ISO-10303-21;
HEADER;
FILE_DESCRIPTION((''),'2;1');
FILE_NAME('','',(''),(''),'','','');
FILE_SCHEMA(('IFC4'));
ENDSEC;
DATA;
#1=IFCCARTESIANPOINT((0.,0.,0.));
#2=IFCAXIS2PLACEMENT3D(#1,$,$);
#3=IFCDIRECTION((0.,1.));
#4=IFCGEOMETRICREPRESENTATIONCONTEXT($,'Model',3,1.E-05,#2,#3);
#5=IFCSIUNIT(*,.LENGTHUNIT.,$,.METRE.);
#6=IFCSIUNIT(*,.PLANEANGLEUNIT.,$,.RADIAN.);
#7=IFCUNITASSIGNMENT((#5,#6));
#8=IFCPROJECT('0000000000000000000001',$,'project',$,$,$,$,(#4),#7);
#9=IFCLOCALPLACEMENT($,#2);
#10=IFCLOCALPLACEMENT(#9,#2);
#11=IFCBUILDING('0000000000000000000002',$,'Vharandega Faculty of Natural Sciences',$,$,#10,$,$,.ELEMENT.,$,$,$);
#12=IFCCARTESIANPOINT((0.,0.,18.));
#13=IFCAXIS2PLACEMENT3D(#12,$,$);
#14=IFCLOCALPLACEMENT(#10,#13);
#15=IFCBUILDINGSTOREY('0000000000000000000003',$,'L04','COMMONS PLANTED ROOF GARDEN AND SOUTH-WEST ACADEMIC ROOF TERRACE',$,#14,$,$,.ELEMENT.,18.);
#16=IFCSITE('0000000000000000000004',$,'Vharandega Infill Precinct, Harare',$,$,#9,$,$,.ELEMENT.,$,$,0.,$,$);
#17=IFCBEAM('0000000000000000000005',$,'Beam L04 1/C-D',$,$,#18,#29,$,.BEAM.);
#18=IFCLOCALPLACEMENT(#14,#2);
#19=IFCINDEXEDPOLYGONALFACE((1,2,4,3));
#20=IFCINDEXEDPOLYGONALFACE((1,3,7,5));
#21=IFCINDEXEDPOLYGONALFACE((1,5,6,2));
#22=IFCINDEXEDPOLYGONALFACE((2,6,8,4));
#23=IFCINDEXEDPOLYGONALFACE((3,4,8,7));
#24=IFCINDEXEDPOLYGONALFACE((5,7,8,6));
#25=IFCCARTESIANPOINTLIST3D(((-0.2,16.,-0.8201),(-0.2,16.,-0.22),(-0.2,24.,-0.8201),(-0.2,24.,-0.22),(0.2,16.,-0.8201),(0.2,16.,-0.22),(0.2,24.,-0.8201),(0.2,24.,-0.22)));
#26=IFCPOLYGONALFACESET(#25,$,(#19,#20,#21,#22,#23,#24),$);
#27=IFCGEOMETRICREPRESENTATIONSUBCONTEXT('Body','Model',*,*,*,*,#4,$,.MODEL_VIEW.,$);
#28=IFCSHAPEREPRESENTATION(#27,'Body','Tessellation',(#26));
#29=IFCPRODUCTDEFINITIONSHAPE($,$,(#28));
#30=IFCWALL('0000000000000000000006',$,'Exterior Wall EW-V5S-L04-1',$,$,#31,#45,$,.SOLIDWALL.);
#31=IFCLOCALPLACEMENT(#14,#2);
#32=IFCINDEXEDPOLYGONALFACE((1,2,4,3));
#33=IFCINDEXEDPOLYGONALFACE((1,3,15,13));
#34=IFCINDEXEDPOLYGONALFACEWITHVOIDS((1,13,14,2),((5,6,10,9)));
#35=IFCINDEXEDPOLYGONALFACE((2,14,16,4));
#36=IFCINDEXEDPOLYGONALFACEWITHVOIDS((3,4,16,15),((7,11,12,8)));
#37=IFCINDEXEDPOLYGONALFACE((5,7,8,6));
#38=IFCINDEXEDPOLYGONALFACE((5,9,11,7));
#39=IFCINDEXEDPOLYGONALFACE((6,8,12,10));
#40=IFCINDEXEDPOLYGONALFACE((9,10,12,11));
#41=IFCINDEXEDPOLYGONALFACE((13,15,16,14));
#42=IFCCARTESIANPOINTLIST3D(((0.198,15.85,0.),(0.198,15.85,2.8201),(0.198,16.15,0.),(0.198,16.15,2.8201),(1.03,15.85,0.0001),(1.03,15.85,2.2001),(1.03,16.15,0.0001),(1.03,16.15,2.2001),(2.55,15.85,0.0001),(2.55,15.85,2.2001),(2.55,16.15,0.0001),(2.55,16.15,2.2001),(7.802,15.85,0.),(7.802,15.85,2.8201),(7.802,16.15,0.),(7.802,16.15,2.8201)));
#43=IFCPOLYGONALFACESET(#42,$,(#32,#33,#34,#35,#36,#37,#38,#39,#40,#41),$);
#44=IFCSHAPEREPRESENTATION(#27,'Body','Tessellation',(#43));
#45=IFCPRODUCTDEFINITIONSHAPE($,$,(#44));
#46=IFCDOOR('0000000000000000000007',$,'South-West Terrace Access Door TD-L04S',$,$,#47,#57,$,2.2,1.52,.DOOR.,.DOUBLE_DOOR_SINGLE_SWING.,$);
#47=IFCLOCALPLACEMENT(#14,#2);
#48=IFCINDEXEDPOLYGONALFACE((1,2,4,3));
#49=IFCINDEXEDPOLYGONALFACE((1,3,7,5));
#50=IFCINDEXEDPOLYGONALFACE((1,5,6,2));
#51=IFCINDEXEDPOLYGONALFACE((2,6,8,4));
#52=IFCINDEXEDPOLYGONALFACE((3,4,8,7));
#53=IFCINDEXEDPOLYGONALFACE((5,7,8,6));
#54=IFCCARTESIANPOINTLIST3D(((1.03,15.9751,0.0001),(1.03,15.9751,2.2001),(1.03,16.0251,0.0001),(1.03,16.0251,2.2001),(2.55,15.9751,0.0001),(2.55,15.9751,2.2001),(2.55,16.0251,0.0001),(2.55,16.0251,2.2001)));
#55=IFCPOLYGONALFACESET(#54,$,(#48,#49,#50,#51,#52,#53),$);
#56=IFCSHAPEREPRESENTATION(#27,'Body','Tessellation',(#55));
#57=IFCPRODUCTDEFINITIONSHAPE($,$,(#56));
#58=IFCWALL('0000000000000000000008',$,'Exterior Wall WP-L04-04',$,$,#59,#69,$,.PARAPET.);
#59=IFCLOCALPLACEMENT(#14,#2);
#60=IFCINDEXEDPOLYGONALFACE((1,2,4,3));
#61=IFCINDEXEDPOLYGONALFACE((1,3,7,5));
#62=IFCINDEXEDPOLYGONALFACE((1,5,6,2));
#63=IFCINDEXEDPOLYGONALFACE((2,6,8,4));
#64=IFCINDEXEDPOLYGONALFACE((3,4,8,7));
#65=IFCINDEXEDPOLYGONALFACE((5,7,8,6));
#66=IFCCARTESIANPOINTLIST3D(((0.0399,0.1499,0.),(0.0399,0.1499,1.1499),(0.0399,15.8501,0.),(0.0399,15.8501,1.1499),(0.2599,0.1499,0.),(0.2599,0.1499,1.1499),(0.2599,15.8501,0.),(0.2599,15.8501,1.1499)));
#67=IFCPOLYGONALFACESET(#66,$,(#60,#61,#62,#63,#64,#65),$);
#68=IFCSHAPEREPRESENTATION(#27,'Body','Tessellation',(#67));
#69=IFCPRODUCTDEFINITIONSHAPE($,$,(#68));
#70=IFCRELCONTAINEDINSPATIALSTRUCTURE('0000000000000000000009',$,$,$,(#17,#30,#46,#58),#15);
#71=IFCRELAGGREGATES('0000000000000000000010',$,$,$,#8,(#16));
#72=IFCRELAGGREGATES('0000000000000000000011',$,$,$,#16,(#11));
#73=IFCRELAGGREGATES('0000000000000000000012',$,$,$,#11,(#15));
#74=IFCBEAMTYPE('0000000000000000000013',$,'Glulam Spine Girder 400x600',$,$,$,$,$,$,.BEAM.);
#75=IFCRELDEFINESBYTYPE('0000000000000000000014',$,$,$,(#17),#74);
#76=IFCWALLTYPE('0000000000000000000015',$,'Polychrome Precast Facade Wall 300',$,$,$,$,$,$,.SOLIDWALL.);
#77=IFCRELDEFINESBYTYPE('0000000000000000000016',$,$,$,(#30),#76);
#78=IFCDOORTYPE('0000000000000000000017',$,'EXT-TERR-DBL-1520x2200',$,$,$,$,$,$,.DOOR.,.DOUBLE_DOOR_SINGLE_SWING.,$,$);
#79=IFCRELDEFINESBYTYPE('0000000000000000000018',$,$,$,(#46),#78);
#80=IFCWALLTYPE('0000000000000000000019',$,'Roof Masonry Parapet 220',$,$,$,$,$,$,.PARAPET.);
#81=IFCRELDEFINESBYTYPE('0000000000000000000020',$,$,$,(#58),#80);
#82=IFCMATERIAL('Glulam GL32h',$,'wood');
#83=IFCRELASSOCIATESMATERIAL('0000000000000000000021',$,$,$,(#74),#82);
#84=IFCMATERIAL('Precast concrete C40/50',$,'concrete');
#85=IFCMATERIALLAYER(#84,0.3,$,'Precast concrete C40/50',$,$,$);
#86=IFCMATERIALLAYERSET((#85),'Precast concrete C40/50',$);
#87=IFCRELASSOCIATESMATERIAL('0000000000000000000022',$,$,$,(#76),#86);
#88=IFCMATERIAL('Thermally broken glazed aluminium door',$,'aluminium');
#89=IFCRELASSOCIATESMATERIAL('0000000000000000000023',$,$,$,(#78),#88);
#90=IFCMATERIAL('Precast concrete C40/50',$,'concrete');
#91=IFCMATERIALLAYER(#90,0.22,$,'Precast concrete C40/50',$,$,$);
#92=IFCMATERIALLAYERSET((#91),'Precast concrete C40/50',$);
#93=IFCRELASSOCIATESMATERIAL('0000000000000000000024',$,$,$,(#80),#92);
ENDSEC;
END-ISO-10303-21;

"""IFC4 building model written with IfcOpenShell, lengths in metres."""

from ifc_helpers import new_model, si_unit, direction, frame, frame_2d, origin, origin_2d, place, context, subcontext, project, spatial, rectangle, extrude, material, layer, layer_set, material_profile, profile_set, type_object, element, fill, save


model = new_model("IFC4")

# Units and contexts
model_context = context("Model", 3, precision=1e-05, world=origin(), true_north=direction((0.0, 1.0)))
body_context = subcontext(model_context, "Body", "Model", "MODEL_VIEW")
ifc_project = project(units=[si_unit("LENGTHUNIT", "METRE"), si_unit("PLANEANGLEUNIT", "RADIAN")], contexts=[model_context])

# Site, building, storey
site_placement = place(None, origin())
site = spatial("IfcSite", under=ifc_project, at=site_placement, Name="Vharandega Infill Precinct, Harare", CompositionType="ELEMENT", RefElevation=0.0)
building_placement = place(site_placement, origin())
building = spatial("IfcBuilding", under=site, at=building_placement, Name="Vharandega Faculty of Natural Sciences", CompositionType="ELEMENT")
storey_placement = place(building_placement, frame((0.0, 0.0, 18.0)))
storey = spatial("IfcBuildingStorey", under=building, at=storey_placement, Name="L04", Description="COMMONS PLANTED ROOF GARDEN AND SOUTH-WEST ACADEMIC ROOF TERRACE", CompositionType="ELEMENT", Elevation=18.0)

# Beam
ifc_material_1 = material(Name="Glulam GL32h", Category="wood")
ifc_material_profile_1 = material_profile(ifc_material_1, rectangle(XDim=0.3999, YDim=0.6001, at=origin_2d()), Name="GL32h 400x600")
ifc_profile_set_1 = profile_set([ifc_material_profile_1], Name="Glulam GL32h")
beam_type_1 = type_object("IfcBeamType", Name="Glulam Spine Girder 400x600", PredefinedType="BEAM", material=ifc_profile_set_1)
beam_1_placement = place(storey_placement, frame((0.0, 16.0, -0.52), z_axis=(0.0, 1.0, 0.0), x_axis=(-1.0, 0.0, 0.0)))
element("IfcBeam", 1, at=beam_1_placement, inside=storey, type_object=beam_type_1, Name="Beam L04 1/C-D", PredefinedType="BEAM", context=body_context, shape_type="SweptSolid", body=[
    extrude(rectangle(XDim=0.3999, YDim=0.6001, at=origin_2d()), origin(), (0.0, 0.0, 1.0), 8.0),
])

# Wall, opening, door
ifc_material_2 = material(Name="Precast concrete C40/50", Category="concrete")
ifc_layer_1 = layer(ifc_material_2, 0.3, Name="Precast concrete C40/50")
ifc_layer_set_1 = layer_set([ifc_layer_1], Name="Precast concrete C40/50")
wall_type_1 = type_object("IfcWallType", Name="Polychrome Precast Facade Wall 300", PredefinedType="SOLIDWALL", material=ifc_layer_set_1)
wall_1_placement = place(storey_placement, frame((7.802, 16.0, 0.0), z_axis=(0.0, 0.0, 1.0), x_axis=(-1.0, 0.0, 0.0)))
wall_1 = element("IfcWall", 2, at=wall_1_placement, inside=storey, type_object=wall_type_1, Name="Exterior Wall EW-V5S-L04-1", PredefinedType="SOLIDWALL", context=body_context, shape_type="SweptSolid", body=[
    extrude(rectangle(XDim=7.604, YDim=0.3, at=frame_2d((3.802, 0.0))), origin(), (0.0, 0.0, 1.0), 2.8201),
])
opening_placement = place(wall_1_placement, frame((5.252, 0.0, 0.0)))
opening = element("IfcOpeningElement", 3, at=opening_placement, cuts=wall_1, PredefinedType="OPENING", context=body_context, shape_type="SweptSolid", body=[
    extrude(rectangle(XDim=1.52, YDim=2.2, at=frame_2d((0.76, 1.1001))), frame((0.0, 0.1602, 0.0), z_axis=(0.0, -1.0, 0.0), x_axis=(1.0, 0.0, 0.0)), (0.0, 0.0, 1.0), 0.3201),
])
ifc_material_3 = material(Name="Thermally broken glazed aluminium door", Category="aluminium")
door_type = type_object("IfcDoorType", Name="EXT-TERR-DBL-1520x2200", OperationType="DOUBLE_DOOR_SINGLE_SWING", PredefinedType="DOOR", material=ifc_material_3)
door_placement = place(opening_placement, origin())
door = element("IfcDoor", 4, at=door_placement, inside=storey, type_object=door_type, Name="South-West Terrace Access Door TD-L04S", OperationType="DOUBLE_DOOR_SINGLE_SWING", OverallHeight=2.2, OverallWidth=1.52, PredefinedType="DOOR", context=body_context, shape_type="SweptSolid", body=[
    extrude(rectangle(XDim=1.52, YDim=2.2, at=frame_2d((0.76, 1.1001))), frame((0.0, 0.0249, 0.0), z_axis=(0.0, -1.0, 0.0), x_axis=(1.0, 0.0, 0.0)), (0.0, 0.0, 1.0), 0.05),
])
fill(opening, door)

# Wall
ifc_material_4 = material(Name="Precast concrete C40/50", Category="concrete")
ifc_layer_2 = layer(ifc_material_4, 0.22, Name="Precast concrete C40/50")
ifc_layer_set_2 = layer_set([ifc_layer_2], Name="Precast concrete C40/50")
wall_type_2 = type_object("IfcWallType", Name="Roof Masonry Parapet 220", PredefinedType="PARAPET", material=ifc_layer_set_2)
wall_2_placement = place(storey_placement, frame((0.1499, 0.1499, 0.0), z_axis=(0.0, 0.0, 1.0), x_axis=(0.0, 1.0, 0.0)))
element("IfcWall", 5, at=wall_2_placement, inside=storey, type_object=wall_type_2, Name="Exterior Wall WP-L04-04", PredefinedType="PARAPET", context=body_context, shape_type="SweptSolid", body=[
    extrude(rectangle(XDim=15.7002, YDim=0.22, at=frame_2d((7.8501, 0.0))), origin(), (0.0, 0.0, 1.0), 1.1499),
])

save(model, "model.ifc")
